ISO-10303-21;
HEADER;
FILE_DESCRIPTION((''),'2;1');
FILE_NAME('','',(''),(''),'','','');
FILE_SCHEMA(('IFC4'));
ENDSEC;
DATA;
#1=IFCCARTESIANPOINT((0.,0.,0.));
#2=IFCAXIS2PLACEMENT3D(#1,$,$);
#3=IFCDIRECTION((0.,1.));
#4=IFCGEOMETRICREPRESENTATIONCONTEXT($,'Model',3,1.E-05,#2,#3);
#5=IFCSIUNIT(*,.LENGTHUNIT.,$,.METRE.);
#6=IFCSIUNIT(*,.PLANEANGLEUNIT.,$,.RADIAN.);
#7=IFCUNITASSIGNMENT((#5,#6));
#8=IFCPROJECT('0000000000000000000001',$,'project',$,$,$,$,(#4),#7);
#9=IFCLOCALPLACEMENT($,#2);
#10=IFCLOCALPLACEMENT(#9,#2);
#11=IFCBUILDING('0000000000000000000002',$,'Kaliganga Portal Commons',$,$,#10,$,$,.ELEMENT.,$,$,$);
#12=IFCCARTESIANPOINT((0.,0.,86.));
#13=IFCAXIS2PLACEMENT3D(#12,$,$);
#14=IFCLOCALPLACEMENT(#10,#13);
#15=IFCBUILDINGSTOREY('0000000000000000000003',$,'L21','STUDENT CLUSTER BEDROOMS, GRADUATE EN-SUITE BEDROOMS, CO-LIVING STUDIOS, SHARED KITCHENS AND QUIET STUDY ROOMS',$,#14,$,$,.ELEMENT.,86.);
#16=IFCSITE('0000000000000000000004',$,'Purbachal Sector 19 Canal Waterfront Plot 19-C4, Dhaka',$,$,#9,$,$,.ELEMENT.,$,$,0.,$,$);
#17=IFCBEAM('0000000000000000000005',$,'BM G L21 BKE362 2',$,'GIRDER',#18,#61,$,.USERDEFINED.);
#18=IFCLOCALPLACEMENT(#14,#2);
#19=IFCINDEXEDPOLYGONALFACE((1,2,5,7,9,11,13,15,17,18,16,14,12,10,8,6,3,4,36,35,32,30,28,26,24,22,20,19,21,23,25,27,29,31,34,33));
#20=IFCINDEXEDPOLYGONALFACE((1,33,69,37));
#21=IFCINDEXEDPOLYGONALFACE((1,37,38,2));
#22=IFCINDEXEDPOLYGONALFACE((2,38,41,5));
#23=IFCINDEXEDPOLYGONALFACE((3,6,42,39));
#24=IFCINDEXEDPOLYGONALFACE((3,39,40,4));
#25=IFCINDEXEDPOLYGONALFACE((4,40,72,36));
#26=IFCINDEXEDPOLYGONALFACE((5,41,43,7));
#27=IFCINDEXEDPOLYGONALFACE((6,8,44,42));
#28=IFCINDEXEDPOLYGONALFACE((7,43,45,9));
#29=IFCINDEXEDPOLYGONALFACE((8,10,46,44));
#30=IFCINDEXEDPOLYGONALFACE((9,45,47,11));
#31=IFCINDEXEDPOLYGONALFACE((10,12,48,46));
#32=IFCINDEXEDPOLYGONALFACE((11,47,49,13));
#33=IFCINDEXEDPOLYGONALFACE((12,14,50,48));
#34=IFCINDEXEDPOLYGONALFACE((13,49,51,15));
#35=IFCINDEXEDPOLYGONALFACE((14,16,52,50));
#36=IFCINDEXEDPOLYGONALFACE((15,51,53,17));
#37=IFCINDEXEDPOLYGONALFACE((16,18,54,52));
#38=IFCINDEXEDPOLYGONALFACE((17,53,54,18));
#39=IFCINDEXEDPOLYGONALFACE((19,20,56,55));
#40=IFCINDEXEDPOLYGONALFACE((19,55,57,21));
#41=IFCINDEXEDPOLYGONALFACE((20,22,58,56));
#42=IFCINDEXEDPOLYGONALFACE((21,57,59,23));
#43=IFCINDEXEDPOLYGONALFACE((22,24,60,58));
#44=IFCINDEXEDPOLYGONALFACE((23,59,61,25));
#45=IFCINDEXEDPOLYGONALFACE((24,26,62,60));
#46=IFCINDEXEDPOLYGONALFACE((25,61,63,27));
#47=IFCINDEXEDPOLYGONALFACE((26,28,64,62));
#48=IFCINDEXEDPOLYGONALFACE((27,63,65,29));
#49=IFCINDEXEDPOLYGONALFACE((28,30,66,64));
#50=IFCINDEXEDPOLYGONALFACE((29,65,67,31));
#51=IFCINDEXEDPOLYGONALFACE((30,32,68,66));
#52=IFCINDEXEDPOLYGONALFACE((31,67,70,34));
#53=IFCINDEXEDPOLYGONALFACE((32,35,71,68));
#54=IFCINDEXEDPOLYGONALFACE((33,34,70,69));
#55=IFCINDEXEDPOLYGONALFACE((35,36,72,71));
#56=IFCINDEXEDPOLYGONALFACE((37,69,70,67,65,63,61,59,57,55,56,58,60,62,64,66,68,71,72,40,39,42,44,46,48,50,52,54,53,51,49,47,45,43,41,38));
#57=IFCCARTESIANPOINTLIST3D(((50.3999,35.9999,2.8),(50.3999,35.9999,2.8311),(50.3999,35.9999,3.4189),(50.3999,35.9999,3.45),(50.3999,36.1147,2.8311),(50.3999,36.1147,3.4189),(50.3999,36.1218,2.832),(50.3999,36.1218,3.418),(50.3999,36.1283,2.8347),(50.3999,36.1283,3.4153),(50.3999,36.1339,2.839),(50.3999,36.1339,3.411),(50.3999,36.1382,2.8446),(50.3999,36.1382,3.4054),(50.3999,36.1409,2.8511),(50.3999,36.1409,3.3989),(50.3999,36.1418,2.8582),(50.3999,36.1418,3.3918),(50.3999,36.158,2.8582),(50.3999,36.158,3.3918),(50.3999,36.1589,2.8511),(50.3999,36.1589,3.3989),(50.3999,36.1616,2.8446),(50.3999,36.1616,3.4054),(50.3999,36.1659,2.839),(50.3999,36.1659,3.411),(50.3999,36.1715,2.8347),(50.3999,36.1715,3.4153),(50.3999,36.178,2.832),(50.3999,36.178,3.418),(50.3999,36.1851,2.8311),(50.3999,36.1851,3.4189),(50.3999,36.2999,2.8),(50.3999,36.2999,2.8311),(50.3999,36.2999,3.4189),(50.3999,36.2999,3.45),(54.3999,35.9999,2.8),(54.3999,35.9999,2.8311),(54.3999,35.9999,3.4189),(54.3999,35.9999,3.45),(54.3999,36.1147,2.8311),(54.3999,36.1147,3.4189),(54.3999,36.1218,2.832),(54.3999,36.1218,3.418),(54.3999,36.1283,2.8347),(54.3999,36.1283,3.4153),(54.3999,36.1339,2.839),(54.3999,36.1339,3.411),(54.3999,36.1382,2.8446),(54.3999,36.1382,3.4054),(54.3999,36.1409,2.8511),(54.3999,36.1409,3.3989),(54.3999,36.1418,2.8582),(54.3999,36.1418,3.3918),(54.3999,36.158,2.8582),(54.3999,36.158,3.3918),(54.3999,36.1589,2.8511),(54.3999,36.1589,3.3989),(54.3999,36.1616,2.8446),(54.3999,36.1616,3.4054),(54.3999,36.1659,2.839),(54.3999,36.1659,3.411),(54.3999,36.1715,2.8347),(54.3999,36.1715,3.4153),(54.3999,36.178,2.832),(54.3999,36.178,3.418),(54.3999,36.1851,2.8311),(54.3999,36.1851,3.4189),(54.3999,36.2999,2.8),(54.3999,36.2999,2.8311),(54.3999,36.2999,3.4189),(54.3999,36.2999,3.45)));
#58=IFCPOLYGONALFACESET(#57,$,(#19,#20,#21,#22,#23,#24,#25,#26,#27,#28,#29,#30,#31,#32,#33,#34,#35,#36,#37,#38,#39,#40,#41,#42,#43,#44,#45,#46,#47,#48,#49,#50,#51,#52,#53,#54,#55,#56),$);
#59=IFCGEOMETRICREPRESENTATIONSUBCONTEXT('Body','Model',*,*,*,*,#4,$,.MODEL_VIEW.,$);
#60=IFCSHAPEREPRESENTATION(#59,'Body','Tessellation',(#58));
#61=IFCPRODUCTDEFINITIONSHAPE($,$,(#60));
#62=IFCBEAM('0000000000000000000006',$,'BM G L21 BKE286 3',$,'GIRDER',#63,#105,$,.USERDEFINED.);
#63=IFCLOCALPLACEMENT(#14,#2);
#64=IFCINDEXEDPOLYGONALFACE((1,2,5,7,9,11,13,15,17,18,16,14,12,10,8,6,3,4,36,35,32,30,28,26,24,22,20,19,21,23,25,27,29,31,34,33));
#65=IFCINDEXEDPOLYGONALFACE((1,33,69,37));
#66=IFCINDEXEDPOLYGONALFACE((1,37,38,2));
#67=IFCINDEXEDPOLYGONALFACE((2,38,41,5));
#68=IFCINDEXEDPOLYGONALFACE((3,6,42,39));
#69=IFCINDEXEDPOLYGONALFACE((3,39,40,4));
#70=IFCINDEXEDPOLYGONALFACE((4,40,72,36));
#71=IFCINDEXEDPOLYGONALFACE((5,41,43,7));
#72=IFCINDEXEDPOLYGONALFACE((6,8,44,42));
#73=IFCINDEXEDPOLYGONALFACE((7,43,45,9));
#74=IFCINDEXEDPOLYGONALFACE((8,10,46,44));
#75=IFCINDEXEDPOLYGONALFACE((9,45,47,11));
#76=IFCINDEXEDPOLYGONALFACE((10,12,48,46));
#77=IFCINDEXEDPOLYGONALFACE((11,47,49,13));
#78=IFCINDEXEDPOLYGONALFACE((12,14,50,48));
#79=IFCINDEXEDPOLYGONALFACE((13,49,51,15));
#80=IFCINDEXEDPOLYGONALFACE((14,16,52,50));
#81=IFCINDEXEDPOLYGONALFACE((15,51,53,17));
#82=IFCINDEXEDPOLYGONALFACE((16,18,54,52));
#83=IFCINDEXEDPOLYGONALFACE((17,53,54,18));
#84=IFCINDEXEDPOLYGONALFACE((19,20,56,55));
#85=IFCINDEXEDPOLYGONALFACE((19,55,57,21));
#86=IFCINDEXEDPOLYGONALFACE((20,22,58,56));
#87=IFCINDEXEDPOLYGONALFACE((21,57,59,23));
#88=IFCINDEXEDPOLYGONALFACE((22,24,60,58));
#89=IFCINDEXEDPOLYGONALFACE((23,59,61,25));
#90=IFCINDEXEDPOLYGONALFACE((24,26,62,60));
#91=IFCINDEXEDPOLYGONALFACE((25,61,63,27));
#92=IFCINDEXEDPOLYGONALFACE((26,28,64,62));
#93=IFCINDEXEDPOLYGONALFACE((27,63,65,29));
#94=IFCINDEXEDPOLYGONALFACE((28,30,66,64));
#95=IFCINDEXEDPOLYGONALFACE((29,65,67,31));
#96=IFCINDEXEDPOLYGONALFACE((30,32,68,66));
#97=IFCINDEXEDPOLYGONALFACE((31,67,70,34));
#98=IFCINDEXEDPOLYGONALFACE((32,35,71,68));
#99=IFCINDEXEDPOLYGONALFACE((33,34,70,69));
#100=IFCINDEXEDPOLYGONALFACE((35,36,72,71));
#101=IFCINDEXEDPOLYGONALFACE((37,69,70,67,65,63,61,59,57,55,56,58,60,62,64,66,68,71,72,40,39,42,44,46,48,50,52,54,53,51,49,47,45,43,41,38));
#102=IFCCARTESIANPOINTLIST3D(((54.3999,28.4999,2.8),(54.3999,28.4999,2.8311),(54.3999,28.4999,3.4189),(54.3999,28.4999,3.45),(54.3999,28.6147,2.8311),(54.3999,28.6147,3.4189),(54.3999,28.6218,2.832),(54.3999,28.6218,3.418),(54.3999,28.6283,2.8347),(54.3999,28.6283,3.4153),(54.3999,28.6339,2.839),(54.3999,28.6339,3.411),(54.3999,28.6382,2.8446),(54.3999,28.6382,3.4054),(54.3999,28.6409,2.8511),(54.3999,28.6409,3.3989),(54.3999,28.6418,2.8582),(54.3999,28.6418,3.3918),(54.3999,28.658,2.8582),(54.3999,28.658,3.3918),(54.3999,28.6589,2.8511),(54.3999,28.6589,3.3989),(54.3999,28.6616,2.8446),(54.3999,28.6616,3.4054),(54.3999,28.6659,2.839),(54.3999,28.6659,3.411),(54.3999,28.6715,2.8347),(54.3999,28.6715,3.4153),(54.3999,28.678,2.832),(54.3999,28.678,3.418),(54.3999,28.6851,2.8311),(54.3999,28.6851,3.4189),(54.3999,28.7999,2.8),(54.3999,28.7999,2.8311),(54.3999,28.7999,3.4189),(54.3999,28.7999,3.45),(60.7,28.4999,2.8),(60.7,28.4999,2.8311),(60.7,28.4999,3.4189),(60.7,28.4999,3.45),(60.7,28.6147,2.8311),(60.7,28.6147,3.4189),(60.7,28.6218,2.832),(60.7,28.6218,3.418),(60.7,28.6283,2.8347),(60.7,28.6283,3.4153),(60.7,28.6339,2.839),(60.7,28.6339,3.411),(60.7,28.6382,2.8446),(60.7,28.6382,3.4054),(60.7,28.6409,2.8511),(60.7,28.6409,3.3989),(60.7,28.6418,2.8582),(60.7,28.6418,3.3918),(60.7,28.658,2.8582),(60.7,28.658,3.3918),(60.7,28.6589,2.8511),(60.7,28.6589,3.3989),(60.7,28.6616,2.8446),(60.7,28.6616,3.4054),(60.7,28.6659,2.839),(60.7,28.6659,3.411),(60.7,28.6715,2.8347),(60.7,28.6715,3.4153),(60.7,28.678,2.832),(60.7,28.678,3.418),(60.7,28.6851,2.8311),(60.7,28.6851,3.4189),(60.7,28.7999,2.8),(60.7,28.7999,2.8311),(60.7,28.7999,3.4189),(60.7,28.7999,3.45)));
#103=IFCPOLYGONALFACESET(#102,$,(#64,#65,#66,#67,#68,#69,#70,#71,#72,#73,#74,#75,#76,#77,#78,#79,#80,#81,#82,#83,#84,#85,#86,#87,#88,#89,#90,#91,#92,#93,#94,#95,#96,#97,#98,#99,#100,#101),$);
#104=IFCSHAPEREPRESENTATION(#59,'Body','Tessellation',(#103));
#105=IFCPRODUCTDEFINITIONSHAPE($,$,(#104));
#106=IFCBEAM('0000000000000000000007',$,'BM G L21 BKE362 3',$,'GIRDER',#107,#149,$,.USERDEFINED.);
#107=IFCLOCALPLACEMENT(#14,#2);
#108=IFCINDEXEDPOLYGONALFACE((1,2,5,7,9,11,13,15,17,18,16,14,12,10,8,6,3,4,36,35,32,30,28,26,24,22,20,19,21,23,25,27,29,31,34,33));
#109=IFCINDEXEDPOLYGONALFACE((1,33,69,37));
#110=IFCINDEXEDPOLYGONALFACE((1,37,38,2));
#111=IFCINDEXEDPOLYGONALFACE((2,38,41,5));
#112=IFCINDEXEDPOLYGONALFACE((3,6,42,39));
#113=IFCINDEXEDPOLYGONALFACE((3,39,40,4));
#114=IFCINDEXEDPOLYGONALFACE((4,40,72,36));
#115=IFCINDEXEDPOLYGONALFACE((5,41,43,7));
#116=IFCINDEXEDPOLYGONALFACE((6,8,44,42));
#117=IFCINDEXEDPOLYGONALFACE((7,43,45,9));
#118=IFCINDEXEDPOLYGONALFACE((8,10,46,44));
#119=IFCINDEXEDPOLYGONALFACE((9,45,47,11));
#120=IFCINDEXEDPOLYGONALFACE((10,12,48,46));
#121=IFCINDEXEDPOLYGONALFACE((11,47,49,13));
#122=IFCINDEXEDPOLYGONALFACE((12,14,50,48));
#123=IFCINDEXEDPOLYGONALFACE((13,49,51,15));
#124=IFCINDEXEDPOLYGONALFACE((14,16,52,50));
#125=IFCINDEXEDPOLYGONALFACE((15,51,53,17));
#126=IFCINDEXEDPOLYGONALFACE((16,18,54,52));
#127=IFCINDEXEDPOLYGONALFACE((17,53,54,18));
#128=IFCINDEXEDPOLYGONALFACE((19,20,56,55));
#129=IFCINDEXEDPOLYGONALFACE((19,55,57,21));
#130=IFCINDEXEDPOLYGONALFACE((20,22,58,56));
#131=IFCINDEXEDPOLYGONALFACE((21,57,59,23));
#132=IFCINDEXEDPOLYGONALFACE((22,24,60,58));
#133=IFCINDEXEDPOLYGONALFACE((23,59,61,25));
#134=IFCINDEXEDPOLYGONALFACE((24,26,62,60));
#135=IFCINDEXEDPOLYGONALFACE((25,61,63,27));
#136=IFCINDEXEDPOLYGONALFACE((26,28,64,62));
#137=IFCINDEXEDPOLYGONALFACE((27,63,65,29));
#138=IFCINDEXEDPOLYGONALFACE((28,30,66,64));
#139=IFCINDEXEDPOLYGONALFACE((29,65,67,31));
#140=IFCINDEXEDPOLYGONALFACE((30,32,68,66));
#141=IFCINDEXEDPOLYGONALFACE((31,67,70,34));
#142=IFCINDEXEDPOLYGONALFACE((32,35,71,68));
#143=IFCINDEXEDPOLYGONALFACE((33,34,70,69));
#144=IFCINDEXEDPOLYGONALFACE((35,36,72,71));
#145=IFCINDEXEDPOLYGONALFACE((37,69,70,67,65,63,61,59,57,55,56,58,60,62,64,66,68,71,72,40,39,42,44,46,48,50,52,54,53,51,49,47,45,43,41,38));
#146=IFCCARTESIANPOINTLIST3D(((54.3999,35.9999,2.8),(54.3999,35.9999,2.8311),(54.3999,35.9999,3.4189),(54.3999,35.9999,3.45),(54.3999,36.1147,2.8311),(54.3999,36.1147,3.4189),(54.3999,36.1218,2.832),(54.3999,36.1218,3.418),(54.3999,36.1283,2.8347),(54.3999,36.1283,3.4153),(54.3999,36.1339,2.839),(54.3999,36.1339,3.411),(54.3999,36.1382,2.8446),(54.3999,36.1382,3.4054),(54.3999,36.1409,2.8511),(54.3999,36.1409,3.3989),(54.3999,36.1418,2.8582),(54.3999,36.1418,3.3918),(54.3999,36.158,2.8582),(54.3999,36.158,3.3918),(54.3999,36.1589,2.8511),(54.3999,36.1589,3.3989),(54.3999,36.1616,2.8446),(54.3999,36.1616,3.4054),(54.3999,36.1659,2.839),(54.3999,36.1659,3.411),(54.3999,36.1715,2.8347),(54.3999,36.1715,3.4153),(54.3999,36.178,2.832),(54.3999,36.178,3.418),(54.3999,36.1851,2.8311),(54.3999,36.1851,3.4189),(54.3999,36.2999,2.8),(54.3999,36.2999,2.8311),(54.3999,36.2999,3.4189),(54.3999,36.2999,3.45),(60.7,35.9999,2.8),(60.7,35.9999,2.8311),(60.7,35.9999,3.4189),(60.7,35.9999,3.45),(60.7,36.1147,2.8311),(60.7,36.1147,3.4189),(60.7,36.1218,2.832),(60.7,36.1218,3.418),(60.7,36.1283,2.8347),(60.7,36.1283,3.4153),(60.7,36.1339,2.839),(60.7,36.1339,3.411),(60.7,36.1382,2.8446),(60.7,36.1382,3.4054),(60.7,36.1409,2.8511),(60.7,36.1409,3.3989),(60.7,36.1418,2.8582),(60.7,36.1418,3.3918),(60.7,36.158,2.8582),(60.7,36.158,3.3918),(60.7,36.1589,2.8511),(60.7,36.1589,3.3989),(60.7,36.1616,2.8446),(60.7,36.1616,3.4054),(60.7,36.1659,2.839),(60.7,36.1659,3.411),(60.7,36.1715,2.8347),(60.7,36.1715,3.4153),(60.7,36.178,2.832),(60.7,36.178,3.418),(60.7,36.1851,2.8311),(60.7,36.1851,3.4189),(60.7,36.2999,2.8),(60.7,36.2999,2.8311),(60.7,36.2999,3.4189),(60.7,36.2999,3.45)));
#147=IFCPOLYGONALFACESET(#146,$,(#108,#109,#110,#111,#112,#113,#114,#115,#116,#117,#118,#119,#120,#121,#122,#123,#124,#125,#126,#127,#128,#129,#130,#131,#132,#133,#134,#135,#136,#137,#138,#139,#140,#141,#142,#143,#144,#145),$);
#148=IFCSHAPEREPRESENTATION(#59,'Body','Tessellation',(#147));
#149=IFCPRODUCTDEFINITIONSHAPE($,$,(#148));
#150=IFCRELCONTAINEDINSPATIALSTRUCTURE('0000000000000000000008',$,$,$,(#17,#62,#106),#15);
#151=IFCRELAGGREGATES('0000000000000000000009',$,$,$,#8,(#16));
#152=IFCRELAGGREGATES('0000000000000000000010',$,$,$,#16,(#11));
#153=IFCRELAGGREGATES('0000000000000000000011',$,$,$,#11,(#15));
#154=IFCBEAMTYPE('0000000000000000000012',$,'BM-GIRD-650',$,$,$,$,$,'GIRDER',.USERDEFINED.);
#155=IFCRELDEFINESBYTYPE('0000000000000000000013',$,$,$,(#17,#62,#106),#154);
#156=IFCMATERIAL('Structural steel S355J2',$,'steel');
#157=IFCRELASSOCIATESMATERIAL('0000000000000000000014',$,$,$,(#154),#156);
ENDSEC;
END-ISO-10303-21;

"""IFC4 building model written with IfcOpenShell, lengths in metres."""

from ifc_helpers import new_model, si_unit, direction, frame, origin, origin_2d, place, context, subcontext, project, spatial, i_section, extrude, source, transform, mapped, material, material_profile, profile_set, type_object, element, save


model = new_model("IFC4")

# Units and contexts
model_context = context("Model", 3, precision=1e-05, world=origin(), true_north=direction((0.0, 1.0)))
body_context = subcontext(model_context, "Body", "Model", "MODEL_VIEW")
ifc_project = project(units=[si_unit("LENGTHUNIT", "METRE"), si_unit("PLANEANGLEUNIT", "RADIAN")], contexts=[model_context])

# Site, building, storey
site_placement = place(None, origin())
site = spatial("IfcSite", under=ifc_project, at=site_placement, Name="Purbachal Sector 19 Canal Waterfront Plot 19-C4, Dhaka", CompositionType="ELEMENT", RefElevation=0.0)
building_placement = place(site_placement, origin())
building = spatial("IfcBuilding", under=site, at=building_placement, Name="Kaliganga Portal Commons", CompositionType="ELEMENT")
storey_placement = place(building_placement, frame((0.0, 0.0, 86.0)))
storey = spatial("IfcBuildingStorey", under=building, at=storey_placement, Name="L21", Description="STUDENT CLUSTER BEDROOMS, GRADUATE EN-SUITE BEDROOMS, CO-LIVING STUDIOS, SHARED KITCHENS AND QUIET STUDY ROOMS", CompositionType="ELEMENT", Elevation=86.0)

# Beams
ifc_material_1 = material(Name="Structural steel S355J2", Category="steel")
ifc_material_profile_1 = material_profile(ifc_material_1, i_section(OverallWidth=0.3, OverallDepth=0.6499, WebThickness=0.0161, FlangeThickness=0.031, FilletRadius=0.0271, at=origin_2d()), Name="HE 650 B")
ifc_profile_set_1 = profile_set([ifc_material_profile_1], Name="Structural steel S355J2 wide-flange")
beam_type_1 = type_object("IfcBeamType", Name="BM-GIRD-650", ElementType="GIRDER", PredefinedType="USERDEFINED", material=ifc_profile_set_1)
shared_shape_1 = source(origin(), body_context, "Body", "SweptSolid", [
    extrude(i_section(OverallWidth=0.3, OverallDepth=0.6499, WebThickness=0.0161, FlangeThickness=0.031, FilletRadius=0.0271, at=origin_2d()), origin(), (0.0, 0.0, 1.0), 4.0),
])
beam_1_placement = place(storey_placement, frame((50.3999, 36.1499, 3.125), z_axis=(1.0, 0.0, 0.0), x_axis=(0.0, 1.0, 0.0)))
element("IfcBeam", 1, at=beam_1_placement, inside=storey, type_object=beam_type_1, Name="BM G L21 BKE362 2", ObjectType="GIRDER", PredefinedType="USERDEFINED", context=body_context, shape_type="MappedRepresentation", body=[
    mapped(shared_shape_1, transform((0.0, 0.0, 0.0), x_axis=(1.0, 0.0, 0.0), y_axis=(0.0, 1.0, 0.0), z_axis=(0.0, 0.0, 1.0), scale=1.0)),
])
shared_shape_2 = source(origin(), body_context, "Body", "SweptSolid", [
    extrude(i_section(OverallWidth=0.3, OverallDepth=0.6499, WebThickness=0.0161, FlangeThickness=0.031, FilletRadius=0.0271, at=origin_2d()), origin(), (0.0, 0.0, 1.0), 6.3),
])
for number, where, z_axis, x_axis, name in (
    (2, (54.3999, 28.6499, 3.125), (1.0, 0.0, 0.0), (0.0, 1.0, 0.0), "BM G L21 BKE286 3"),
    (3, (54.3999, 36.1499, 3.125), (1.0, 0.0, 0.0), (0.0, 1.0, 0.0), "BM G L21 BKE362 3"),
):
    element("IfcBeam", number, at=place(storey_placement, frame(where, z_axis=z_axis, x_axis=x_axis)), inside=storey, type_object=beam_type_1, Name=name, ObjectType="GIRDER", PredefinedType="USERDEFINED", context=body_context, shape_type="MappedRepresentation", body=[
        mapped(shared_shape_2, transform((0.0, 0.0, 0.0), x_axis=(1.0, 0.0, 0.0), y_axis=(0.0, 1.0, 0.0), z_axis=(0.0, 0.0, 1.0), scale=1.0)),
    ])

save(model, "model.ifc")
